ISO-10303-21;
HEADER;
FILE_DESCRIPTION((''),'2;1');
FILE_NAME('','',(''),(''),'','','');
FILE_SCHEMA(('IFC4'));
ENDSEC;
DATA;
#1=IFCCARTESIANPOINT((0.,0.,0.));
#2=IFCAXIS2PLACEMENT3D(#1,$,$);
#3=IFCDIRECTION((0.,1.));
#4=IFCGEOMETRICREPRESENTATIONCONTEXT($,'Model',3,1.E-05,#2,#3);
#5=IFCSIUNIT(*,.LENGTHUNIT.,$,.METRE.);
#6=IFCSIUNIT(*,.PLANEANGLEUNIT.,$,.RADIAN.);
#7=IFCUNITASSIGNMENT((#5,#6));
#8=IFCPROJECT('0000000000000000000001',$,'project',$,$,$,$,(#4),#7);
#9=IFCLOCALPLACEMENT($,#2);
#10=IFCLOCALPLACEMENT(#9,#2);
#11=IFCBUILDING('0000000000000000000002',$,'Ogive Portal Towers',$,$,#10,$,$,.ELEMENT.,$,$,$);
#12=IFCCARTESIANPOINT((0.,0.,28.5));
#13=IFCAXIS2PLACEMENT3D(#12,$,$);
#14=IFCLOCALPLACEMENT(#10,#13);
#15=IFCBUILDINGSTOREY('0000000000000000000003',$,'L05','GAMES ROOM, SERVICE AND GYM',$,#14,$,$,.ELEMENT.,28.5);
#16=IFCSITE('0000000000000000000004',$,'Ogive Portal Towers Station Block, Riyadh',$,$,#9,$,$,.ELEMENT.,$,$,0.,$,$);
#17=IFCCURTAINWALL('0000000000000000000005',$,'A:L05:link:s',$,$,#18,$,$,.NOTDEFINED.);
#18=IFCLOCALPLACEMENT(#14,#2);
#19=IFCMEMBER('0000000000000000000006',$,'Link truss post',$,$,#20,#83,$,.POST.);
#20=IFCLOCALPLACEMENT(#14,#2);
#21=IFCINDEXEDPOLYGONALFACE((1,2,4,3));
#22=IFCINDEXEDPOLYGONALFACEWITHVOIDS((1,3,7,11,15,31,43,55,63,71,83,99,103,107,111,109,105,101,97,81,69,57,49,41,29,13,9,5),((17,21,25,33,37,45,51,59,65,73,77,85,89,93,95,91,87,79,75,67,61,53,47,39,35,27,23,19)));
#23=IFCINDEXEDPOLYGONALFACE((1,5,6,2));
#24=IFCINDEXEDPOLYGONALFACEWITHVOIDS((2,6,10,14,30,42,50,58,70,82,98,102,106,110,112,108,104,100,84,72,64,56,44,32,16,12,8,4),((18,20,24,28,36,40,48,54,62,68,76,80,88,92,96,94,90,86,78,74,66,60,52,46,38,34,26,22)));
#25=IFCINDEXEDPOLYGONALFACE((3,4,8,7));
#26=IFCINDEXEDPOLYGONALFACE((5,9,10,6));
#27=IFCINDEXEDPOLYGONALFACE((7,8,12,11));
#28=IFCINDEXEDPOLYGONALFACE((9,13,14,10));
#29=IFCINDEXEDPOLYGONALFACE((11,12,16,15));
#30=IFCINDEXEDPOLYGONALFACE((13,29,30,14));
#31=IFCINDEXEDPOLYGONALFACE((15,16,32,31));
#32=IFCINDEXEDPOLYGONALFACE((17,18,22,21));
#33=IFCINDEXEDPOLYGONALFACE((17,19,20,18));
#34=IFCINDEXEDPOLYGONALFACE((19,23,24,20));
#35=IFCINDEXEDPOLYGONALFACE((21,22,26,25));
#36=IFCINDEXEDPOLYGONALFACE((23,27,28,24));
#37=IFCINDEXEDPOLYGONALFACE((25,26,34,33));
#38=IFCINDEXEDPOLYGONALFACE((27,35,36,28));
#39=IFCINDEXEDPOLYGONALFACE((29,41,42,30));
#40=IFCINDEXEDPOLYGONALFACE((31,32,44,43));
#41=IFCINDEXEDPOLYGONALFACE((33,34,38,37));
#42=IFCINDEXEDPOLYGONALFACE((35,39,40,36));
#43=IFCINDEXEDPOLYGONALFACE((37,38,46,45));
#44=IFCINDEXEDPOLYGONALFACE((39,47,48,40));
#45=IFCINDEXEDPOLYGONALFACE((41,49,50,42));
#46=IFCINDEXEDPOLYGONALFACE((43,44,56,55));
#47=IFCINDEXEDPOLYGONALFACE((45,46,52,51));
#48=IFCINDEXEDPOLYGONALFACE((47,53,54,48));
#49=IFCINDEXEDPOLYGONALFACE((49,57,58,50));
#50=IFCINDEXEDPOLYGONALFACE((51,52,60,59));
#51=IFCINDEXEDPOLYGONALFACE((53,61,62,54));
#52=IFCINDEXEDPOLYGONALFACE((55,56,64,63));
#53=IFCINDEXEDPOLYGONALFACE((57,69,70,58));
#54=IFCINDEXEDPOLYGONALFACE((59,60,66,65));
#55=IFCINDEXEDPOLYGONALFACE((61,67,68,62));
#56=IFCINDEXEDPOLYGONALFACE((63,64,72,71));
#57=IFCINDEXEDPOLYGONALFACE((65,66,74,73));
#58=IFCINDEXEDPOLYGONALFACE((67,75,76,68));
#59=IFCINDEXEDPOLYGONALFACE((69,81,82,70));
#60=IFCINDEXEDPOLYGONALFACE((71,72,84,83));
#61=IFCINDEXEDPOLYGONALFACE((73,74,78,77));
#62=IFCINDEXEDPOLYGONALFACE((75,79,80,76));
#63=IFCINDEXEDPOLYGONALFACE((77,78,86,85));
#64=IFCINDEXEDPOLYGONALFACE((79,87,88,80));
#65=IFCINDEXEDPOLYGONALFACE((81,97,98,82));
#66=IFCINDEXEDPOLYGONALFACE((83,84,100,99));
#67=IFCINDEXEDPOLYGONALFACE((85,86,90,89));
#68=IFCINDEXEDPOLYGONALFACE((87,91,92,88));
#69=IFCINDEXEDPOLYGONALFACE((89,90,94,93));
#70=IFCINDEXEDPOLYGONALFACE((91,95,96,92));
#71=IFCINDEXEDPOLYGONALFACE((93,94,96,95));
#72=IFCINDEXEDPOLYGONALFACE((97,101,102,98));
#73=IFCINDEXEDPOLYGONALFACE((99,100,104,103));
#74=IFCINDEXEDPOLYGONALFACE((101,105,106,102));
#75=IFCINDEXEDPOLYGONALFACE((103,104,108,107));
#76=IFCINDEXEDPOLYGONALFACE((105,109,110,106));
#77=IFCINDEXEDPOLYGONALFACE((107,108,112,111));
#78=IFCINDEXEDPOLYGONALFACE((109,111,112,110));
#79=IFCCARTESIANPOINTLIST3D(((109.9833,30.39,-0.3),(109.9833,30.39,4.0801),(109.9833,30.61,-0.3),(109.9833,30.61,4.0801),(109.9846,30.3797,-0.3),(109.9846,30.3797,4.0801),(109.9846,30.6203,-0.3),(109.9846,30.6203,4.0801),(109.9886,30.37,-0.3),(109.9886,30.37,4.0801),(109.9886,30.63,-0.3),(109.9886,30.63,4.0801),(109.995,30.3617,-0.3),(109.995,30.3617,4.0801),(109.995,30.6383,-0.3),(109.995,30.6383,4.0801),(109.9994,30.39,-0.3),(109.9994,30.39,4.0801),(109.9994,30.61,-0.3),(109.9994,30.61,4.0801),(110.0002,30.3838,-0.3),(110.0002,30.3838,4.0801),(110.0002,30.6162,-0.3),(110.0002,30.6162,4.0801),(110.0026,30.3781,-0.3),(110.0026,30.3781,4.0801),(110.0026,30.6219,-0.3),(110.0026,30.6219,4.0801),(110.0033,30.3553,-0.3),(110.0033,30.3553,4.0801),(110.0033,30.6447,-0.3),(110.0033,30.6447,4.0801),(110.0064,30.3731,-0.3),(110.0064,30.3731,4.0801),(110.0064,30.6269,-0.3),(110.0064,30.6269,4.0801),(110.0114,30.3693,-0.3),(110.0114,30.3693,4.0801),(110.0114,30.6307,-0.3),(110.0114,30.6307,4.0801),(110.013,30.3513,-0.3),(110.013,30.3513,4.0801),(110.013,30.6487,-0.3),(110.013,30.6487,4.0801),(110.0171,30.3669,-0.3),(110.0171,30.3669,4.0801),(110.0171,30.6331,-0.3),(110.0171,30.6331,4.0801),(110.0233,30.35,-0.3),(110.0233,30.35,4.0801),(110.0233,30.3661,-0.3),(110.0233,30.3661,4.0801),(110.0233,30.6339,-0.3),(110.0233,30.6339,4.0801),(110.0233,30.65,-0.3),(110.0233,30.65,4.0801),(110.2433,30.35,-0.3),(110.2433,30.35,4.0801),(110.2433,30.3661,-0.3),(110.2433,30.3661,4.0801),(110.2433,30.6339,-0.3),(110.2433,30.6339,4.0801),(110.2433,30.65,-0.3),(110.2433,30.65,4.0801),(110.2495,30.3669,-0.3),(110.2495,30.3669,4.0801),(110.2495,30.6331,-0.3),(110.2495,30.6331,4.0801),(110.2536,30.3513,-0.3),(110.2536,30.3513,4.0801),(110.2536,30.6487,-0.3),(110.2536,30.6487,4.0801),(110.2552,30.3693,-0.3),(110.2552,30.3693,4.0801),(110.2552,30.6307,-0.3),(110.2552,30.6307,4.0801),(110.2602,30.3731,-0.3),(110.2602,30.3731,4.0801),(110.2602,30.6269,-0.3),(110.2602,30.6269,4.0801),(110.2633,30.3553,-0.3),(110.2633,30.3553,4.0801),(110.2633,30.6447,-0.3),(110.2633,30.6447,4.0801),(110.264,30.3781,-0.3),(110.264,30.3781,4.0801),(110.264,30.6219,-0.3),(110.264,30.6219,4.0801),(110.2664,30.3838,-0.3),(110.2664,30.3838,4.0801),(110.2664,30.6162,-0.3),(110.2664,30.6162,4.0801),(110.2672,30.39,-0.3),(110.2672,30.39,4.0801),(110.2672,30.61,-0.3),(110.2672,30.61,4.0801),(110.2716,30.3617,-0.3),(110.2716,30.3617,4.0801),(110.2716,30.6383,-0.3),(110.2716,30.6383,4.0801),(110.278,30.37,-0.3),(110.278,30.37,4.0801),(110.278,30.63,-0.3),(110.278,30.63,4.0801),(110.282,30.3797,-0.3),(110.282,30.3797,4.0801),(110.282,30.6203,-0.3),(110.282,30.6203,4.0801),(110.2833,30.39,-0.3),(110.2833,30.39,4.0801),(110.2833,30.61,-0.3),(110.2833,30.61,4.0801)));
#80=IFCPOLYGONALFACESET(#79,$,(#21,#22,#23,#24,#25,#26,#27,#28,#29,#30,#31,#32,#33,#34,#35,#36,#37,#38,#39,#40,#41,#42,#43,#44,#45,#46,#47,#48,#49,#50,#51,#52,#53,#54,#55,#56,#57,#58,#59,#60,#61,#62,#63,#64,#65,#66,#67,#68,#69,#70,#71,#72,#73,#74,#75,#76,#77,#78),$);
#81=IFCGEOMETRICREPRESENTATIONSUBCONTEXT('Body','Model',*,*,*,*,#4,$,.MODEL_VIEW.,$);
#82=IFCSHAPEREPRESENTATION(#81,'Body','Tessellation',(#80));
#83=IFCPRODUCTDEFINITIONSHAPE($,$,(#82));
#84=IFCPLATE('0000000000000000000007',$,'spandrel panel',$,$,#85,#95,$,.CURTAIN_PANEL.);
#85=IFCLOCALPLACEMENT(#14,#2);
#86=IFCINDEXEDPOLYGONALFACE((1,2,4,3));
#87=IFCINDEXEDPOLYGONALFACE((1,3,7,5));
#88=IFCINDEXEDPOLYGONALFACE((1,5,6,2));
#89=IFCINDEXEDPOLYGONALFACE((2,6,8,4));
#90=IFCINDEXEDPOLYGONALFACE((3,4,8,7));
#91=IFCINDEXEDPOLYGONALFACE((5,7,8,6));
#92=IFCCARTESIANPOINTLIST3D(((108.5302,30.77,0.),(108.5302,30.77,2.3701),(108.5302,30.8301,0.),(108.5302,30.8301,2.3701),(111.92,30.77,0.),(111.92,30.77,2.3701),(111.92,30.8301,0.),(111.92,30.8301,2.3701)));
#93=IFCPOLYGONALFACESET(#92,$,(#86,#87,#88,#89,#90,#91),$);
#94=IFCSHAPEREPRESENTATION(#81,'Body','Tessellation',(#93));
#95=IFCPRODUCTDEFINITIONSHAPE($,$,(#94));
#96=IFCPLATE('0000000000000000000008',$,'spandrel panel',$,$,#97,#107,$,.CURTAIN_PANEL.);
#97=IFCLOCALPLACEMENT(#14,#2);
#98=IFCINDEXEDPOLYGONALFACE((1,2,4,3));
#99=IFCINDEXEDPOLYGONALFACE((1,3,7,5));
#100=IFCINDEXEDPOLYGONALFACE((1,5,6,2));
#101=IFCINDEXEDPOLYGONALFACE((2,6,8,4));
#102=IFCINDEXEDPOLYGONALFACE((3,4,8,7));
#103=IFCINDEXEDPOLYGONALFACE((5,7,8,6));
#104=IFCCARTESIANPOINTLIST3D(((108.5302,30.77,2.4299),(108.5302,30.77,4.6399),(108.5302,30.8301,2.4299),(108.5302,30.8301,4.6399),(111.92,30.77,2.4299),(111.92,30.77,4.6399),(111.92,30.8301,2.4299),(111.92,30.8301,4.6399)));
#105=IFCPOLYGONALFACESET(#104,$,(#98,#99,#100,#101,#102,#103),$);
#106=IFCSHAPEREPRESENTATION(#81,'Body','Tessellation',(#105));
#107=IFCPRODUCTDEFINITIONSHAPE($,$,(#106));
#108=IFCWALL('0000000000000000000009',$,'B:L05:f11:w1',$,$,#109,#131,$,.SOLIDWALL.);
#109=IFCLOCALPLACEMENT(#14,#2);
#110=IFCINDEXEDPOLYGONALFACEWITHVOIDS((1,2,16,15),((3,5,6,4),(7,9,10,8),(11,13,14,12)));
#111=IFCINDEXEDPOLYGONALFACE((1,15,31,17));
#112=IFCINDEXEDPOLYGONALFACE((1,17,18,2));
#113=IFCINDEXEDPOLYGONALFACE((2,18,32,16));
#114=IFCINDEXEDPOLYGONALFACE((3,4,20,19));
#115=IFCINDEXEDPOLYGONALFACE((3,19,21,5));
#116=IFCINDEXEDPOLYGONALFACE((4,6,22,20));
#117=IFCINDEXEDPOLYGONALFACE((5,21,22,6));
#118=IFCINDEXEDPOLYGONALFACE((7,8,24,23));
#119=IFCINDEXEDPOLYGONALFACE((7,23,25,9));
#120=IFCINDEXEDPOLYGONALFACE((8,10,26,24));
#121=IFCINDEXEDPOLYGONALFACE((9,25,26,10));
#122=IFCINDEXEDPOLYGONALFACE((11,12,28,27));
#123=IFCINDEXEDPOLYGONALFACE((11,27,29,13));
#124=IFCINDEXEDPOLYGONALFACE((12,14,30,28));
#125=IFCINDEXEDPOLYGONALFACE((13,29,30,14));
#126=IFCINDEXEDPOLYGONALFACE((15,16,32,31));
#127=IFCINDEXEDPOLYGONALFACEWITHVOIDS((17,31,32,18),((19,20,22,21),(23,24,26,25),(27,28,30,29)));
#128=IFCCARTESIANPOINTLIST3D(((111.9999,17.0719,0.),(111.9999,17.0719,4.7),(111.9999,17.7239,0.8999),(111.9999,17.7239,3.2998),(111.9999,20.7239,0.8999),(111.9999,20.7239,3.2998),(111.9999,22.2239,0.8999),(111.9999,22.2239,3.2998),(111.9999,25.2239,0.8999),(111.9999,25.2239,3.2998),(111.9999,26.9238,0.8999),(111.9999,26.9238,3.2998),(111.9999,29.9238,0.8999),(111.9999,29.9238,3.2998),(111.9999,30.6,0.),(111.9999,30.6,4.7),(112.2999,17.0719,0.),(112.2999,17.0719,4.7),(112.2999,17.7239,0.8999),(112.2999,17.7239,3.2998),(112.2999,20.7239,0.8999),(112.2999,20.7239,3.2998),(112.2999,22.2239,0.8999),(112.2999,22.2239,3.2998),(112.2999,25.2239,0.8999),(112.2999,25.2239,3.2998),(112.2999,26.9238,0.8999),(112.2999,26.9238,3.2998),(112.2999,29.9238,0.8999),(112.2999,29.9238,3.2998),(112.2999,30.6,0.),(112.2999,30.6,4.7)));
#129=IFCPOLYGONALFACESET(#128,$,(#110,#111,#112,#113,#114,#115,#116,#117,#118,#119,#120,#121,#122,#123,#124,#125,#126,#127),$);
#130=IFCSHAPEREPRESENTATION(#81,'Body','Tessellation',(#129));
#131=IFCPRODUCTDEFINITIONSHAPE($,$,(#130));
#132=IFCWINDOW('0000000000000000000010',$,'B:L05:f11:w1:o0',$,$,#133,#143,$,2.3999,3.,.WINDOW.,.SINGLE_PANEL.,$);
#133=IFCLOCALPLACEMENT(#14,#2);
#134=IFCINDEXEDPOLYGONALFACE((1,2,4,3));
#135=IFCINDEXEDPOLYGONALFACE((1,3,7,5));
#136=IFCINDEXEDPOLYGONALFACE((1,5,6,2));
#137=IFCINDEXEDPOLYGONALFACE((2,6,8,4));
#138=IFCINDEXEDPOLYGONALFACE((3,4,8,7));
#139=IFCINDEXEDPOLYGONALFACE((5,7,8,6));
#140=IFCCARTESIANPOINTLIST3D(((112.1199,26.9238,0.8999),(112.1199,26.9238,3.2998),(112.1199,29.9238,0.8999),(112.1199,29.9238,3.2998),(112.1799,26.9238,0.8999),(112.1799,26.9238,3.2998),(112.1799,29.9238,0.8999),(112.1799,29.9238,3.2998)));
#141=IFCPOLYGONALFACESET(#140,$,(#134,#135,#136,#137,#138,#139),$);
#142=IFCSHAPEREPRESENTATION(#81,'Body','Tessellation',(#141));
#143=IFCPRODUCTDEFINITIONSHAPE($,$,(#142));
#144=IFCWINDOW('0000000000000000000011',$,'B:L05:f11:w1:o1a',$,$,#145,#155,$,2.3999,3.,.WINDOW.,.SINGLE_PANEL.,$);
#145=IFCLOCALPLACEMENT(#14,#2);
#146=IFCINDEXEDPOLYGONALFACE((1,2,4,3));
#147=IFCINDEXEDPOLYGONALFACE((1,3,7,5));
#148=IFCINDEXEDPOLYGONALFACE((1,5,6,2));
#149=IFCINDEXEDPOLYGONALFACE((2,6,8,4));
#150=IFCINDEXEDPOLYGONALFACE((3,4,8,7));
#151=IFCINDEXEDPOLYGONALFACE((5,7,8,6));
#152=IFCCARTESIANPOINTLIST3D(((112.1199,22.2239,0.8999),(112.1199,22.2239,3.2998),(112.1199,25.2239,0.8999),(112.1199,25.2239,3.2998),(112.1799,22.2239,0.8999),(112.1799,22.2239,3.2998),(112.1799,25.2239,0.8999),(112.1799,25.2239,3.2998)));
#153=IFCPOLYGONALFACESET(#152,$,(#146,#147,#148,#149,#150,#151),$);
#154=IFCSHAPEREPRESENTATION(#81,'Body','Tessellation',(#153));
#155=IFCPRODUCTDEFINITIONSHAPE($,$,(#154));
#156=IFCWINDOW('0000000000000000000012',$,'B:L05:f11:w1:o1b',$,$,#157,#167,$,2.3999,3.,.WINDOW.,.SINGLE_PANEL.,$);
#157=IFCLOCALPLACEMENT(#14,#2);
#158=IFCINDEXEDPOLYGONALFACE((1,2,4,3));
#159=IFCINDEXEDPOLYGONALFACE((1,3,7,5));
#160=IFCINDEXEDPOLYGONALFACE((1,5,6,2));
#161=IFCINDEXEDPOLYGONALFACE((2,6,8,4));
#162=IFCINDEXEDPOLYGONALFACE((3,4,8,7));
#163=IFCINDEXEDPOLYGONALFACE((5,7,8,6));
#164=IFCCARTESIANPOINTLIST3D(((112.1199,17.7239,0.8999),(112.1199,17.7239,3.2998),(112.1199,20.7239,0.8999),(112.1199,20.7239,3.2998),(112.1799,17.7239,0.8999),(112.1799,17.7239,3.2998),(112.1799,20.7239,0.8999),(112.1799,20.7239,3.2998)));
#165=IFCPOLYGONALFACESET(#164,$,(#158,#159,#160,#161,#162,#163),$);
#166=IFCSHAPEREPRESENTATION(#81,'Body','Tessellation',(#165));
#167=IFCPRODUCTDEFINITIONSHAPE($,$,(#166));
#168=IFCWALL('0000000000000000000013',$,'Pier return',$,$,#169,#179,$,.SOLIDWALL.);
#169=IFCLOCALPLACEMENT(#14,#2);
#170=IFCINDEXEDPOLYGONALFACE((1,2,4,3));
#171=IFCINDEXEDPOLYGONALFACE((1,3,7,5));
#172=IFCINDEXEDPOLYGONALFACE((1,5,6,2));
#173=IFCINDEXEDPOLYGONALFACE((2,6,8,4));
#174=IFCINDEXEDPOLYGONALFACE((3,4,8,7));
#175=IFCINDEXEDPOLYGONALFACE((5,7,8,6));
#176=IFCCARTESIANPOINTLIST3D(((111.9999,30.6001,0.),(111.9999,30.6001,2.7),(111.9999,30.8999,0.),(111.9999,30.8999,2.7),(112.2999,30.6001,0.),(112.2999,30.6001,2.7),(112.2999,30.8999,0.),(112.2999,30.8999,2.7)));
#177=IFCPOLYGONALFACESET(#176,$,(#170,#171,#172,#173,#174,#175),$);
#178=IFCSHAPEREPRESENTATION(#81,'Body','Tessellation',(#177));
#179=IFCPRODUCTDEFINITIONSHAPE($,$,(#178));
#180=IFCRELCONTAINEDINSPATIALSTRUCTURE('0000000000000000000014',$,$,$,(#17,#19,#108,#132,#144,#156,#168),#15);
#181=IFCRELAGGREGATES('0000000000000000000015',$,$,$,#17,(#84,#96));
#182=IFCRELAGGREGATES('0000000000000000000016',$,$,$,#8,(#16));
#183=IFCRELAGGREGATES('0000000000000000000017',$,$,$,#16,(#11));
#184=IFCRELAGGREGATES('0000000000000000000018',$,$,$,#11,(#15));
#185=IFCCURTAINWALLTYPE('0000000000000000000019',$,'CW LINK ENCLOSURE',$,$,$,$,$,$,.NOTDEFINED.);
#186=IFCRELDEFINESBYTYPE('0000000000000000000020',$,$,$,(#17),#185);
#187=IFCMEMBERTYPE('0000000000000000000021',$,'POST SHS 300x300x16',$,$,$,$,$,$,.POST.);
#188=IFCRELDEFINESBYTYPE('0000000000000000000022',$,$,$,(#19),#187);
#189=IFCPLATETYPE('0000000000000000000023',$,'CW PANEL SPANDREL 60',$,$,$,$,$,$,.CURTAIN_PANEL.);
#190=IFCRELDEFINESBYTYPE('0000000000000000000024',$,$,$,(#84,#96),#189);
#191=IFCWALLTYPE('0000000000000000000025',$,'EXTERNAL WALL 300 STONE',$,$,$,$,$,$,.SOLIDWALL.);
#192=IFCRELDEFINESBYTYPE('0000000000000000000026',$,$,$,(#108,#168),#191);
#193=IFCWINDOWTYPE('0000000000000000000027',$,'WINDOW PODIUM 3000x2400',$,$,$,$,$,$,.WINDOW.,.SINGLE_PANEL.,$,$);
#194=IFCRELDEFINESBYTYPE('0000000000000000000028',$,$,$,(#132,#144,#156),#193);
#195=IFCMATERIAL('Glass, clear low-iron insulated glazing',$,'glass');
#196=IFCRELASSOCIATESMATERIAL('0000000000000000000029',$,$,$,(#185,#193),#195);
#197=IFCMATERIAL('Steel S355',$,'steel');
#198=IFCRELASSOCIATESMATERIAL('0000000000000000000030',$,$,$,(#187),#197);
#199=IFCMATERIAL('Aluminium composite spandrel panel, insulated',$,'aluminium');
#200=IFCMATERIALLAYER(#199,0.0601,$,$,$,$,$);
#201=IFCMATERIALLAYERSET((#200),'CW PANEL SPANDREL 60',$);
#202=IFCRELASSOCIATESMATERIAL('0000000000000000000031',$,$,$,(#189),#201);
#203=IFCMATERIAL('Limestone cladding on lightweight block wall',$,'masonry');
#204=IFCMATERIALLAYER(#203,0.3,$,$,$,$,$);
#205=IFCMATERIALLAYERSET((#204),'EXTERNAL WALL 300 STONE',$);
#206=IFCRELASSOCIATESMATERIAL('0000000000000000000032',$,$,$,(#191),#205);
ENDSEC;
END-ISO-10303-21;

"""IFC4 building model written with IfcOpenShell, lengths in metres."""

from ifc_helpers import new_model, si_unit, direction, frame, frame_2d, origin, origin_2d, place, context, subcontext, project, spatial, rectangle, hollow_rectangle, extrude, material, layer, layer_set, material_profile, profile_set, type_object, element, fill, aggregate, save


model = new_model("IFC4")

# Units and contexts
model_context = context("Model", 3, precision=1e-05, world=origin(), true_north=direction((0.0, 1.0)))
body_context = subcontext(model_context, "Body", "Model", "MODEL_VIEW")
ifc_project = project(units=[si_unit("LENGTHUNIT", "METRE"), si_unit("PLANEANGLEUNIT", "RADIAN")], contexts=[model_context])

# Site, building, storey
site_placement = place(None, origin())
site = spatial("IfcSite", under=ifc_project, at=site_placement, Name="Ogive Portal Towers Station Block, Riyadh", CompositionType="ELEMENT", RefElevation=0.0)
building_placement = place(site_placement, origin())
building = spatial("IfcBuilding", under=site, at=building_placement, Name="Ogive Portal Towers", CompositionType="ELEMENT")
storey_placement = place(building_placement, frame((0.0, 0.0, 28.5)))
storey = spatial("IfcBuildingStorey", under=building, at=storey_placement, Name="L05", Description="GAMES ROOM, SERVICE AND GYM", CompositionType="ELEMENT", Elevation=28.5)

# Shared definitions
ifc_material_1 = material(Name="Steel S355", Category="steel")

# Curtain wall
ifc_material_2 = material(Name="Glass, clear low-iron insulated glazing", Category="glass")
curtain_wall_type = type_object("IfcCurtainWallType", Name="CW LINK ENCLOSURE", PredefinedType="NOTDEFINED", material=ifc_material_2)
curtain_wall_placement = place(storey_placement, origin())
curtain_wall = element("IfcCurtainWall", 1, at=curtain_wall_placement, inside=storey, type_object=curtain_wall_type, Name="A:L05:link:s", PredefinedType="NOTDEFINED")

# Member
ifc_material_profile_1 = material_profile(ifc_material_1, hollow_rectangle(XDim=0.3, YDim=0.3, WallThickness=0.0161, InnerFilletRadius=0.0239, OuterFilletRadius=0.04, at=origin_2d()), Name="SHS 300x300x16")
ifc_profile_set_1 = profile_set([ifc_material_profile_1], Name="Steel S355")
member_type_1 = type_object("IfcMemberType", Name="POST SHS 300x300x16", PredefinedType="POST", material=ifc_profile_set_1)
member_1_placement = place(storey_placement, frame((110.1333, 30.5, -0.3), z_axis=(0.0, 0.0, 1.0), x_axis=(1.0, 0.0, 0.0)))
element("IfcMember", 2, at=member_1_placement, inside=storey, type_object=member_type_1, Name="Link truss post", PredefinedType="POST", context=body_context, shape_type="SweptSolid", body=[
    extrude(hollow_rectangle(XDim=0.3, YDim=0.3, WallThickness=0.0161, InnerFilletRadius=0.0239, OuterFilletRadius=0.04, at=origin_2d()), origin(), (0.0, 0.0, 1.0), 4.3801),
])

# Plates
ifc_material_3 = material(Name="Aluminium composite spandrel panel, insulated", Category="aluminium")
ifc_layer_1 = layer(ifc_material_3, 0.0601)
ifc_layer_set_1 = layer_set([ifc_layer_1], Name="CW PANEL SPANDREL 60")
plate_type = type_object("IfcPlateType", Name="CW PANEL SPANDREL 60", PredefinedType="CURTAIN_PANEL", material=ifc_layer_set_1)
plate_1_placement = place(storey_placement, frame((110.2251, 30.8, 0.0), z_axis=(0.0, 0.0, 1.0), x_axis=(1.0, 0.0, 0.0)))
plate_1 = element("IfcPlate", 3, at=plate_1_placement, type_object=plate_type, Name="spandrel panel", PredefinedType="CURTAIN_PANEL", context=body_context, shape_type="SweptSolid", body=[
    extrude(rectangle(XDim=3.3899, YDim=0.0601, at=origin_2d()), origin(), (0.0, 0.0, 1.0), 2.3701),
])
plate_2_placement = place(storey_placement, frame((110.2251, 30.8, 2.4299), z_axis=(0.0, 0.0, 1.0), x_axis=(1.0, 0.0, 0.0)))
plate_2 = element("IfcPlate", 4, at=plate_2_placement, type_object=plate_type, Name="spandrel panel", PredefinedType="CURTAIN_PANEL", context=body_context, shape_type="SweptSolid", body=[
    extrude(rectangle(XDim=3.3899, YDim=0.0601, at=origin_2d()), origin(), (0.0, 0.0, 1.0), 2.21),
])
aggregate(curtain_wall, [plate_1, plate_2])

# Wall, openings, windows
ifc_material_4 = material(Name="Limestone cladding on lightweight block wall", Category="masonry")
ifc_layer_2 = layer(ifc_material_4, 0.3)
ifc_layer_set_2 = layer_set([ifc_layer_2], Name="EXTERNAL WALL 300 STONE")
wall_type_1 = type_object("IfcWallType", Name="EXTERNAL WALL 300 STONE", PredefinedType="SOLIDWALL", material=ifc_layer_set_2)
wall_1_placement = place(storey_placement, frame((112.1499, 30.6001, 0.0), z_axis=(0.0, 0.0, 1.0), x_axis=(0.0, -1.0, 0.0)))
wall_1 = element("IfcWall", 5, at=wall_1_placement, inside=storey, type_object=wall_type_1, Name="B:L05:f11:w1", PredefinedType="SOLIDWALL", context=body_context, shape_type="SweptSolid", body=[
    extrude(rectangle(XDim=13.5281, YDim=0.3, at=frame_2d((6.7642, 0.0))), origin(), (0.0, 0.0, 1.0), 4.7),
])
opening_1_placement = place(wall_1_placement, frame((0.6763, 0.0, 0.8999)))
opening_1 = element("IfcOpeningElement", 6, at=opening_1_placement, cuts=wall_1, PredefinedType="OPENING", context=body_context, shape_type="SweptSolid", body=[
    extrude(rectangle(XDim=3.0, YDim=2.3999, at=frame_2d((1.5, 1.2))), frame((0.0, 0.1602, 0.0), z_axis=(0.0, -1.0, 0.0), x_axis=(1.0, 0.0, 0.0)), (0.0, 0.0, 1.0), 0.3201),
])
opening_2_placement = place(wall_1_placement, frame((5.3762, 0.0, 0.8999)))
opening_2 = element("IfcOpeningElement", 7, at=opening_2_placement, cuts=wall_1, PredefinedType="OPENING", context=body_context, shape_type="SweptSolid", body=[
    extrude(rectangle(XDim=3.0, YDim=2.3999, at=frame_2d((1.5, 1.2))), frame((0.0, 0.1602, 0.0), z_axis=(0.0, -1.0, 0.0), x_axis=(1.0, 0.0, 0.0)), (0.0, 0.0, 1.0), 0.3201),
])
opening_3_placement = place(wall_1_placement, frame((9.8762, 0.0, 0.8999)))
opening_3 = element("IfcOpeningElement", 8, at=opening_3_placement, cuts=wall_1, PredefinedType="OPENING", context=body_context, shape_type="SweptSolid", body=[
    extrude(rectangle(XDim=3.0, YDim=2.3999, at=frame_2d((1.5, 1.2))), frame((0.0, 0.1602, 0.0), z_axis=(0.0, -1.0, 0.0), x_axis=(1.0, 0.0, 0.0)), (0.0, 0.0, 1.0), 0.3201),
])
window_type = type_object("IfcWindowType", Name="WINDOW PODIUM 3000x2400", PartitioningType="SINGLE_PANEL", PredefinedType="WINDOW", material=ifc_material_2)
window_1_placement = place(opening_1_placement, origin())
window_1 = element("IfcWindow", 9, at=window_1_placement, inside=storey, type_object=window_type, Name="B:L05:f11:w1:o0", OverallHeight=2.3999, OverallWidth=3.0, PartitioningType="SINGLE_PANEL", PredefinedType="WINDOW", context=body_context, shape_type="SweptSolid", body=[
    extrude(rectangle(XDim=3.0, YDim=2.3999, at=frame_2d((1.5, 1.2))), frame((0.0, 0.03, 0.0), z_axis=(0.0, -1.0, 0.0), x_axis=(1.0, 0.0, 0.0)), (0.0, 0.0, 1.0), 0.0601),
])
fill(opening_1, window_1)
window_2_placement = place(opening_2_placement, origin())
window_2 = element("IfcWindow", 10, at=window_2_placement, inside=storey, type_object=window_type, Name="B:L05:f11:w1:o1a", OverallHeight=2.3999, OverallWidth=3.0, PartitioningType="SINGLE_PANEL", PredefinedType="WINDOW", context=body_context, shape_type="SweptSolid", body=[
    extrude(rectangle(XDim=3.0, YDim=2.3999, at=frame_2d((1.5, 1.2))), frame((0.0, 0.03, 0.0), z_axis=(0.0, -1.0, 0.0), x_axis=(1.0, 0.0, 0.0)), (0.0, 0.0, 1.0), 0.0601),
])
fill(opening_2, window_2)
window_3_placement = place(opening_3_placement, origin())
window_3 = element("IfcWindow", 11, at=window_3_placement, inside=storey, type_object=window_type, Name="B:L05:f11:w1:o1b", OverallHeight=2.3999, OverallWidth=3.0, PartitioningType="SINGLE_PANEL", PredefinedType="WINDOW", context=body_context, shape_type="SweptSolid", body=[
    extrude(rectangle(XDim=3.0, YDim=2.3999, at=frame_2d((1.5, 1.2))), frame((0.0, 0.03, 0.0), z_axis=(0.0, -1.0, 0.0), x_axis=(1.0, 0.0, 0.0)), (0.0, 0.0, 1.0), 0.0601),
])
fill(opening_3, window_3)

# Wall
wall_2_placement = place(storey_placement, frame((112.1499, 30.6001, 0.0), z_axis=(0.0, 0.0, 1.0), x_axis=(0.0, 1.0, 0.0)))
element("IfcWall", 12, at=wall_2_placement, inside=storey, type_object=wall_type_1, Name="Pier return", PredefinedType="SOLIDWALL", context=body_context, shape_type="SweptSolid", body=[
    extrude(rectangle(XDim=0.2998, YDim=0.3, at=frame_2d((0.1499, 0.0))), origin(), (0.0, 0.0, 1.0), 2.7),
])

save(model, "model.ifc")
